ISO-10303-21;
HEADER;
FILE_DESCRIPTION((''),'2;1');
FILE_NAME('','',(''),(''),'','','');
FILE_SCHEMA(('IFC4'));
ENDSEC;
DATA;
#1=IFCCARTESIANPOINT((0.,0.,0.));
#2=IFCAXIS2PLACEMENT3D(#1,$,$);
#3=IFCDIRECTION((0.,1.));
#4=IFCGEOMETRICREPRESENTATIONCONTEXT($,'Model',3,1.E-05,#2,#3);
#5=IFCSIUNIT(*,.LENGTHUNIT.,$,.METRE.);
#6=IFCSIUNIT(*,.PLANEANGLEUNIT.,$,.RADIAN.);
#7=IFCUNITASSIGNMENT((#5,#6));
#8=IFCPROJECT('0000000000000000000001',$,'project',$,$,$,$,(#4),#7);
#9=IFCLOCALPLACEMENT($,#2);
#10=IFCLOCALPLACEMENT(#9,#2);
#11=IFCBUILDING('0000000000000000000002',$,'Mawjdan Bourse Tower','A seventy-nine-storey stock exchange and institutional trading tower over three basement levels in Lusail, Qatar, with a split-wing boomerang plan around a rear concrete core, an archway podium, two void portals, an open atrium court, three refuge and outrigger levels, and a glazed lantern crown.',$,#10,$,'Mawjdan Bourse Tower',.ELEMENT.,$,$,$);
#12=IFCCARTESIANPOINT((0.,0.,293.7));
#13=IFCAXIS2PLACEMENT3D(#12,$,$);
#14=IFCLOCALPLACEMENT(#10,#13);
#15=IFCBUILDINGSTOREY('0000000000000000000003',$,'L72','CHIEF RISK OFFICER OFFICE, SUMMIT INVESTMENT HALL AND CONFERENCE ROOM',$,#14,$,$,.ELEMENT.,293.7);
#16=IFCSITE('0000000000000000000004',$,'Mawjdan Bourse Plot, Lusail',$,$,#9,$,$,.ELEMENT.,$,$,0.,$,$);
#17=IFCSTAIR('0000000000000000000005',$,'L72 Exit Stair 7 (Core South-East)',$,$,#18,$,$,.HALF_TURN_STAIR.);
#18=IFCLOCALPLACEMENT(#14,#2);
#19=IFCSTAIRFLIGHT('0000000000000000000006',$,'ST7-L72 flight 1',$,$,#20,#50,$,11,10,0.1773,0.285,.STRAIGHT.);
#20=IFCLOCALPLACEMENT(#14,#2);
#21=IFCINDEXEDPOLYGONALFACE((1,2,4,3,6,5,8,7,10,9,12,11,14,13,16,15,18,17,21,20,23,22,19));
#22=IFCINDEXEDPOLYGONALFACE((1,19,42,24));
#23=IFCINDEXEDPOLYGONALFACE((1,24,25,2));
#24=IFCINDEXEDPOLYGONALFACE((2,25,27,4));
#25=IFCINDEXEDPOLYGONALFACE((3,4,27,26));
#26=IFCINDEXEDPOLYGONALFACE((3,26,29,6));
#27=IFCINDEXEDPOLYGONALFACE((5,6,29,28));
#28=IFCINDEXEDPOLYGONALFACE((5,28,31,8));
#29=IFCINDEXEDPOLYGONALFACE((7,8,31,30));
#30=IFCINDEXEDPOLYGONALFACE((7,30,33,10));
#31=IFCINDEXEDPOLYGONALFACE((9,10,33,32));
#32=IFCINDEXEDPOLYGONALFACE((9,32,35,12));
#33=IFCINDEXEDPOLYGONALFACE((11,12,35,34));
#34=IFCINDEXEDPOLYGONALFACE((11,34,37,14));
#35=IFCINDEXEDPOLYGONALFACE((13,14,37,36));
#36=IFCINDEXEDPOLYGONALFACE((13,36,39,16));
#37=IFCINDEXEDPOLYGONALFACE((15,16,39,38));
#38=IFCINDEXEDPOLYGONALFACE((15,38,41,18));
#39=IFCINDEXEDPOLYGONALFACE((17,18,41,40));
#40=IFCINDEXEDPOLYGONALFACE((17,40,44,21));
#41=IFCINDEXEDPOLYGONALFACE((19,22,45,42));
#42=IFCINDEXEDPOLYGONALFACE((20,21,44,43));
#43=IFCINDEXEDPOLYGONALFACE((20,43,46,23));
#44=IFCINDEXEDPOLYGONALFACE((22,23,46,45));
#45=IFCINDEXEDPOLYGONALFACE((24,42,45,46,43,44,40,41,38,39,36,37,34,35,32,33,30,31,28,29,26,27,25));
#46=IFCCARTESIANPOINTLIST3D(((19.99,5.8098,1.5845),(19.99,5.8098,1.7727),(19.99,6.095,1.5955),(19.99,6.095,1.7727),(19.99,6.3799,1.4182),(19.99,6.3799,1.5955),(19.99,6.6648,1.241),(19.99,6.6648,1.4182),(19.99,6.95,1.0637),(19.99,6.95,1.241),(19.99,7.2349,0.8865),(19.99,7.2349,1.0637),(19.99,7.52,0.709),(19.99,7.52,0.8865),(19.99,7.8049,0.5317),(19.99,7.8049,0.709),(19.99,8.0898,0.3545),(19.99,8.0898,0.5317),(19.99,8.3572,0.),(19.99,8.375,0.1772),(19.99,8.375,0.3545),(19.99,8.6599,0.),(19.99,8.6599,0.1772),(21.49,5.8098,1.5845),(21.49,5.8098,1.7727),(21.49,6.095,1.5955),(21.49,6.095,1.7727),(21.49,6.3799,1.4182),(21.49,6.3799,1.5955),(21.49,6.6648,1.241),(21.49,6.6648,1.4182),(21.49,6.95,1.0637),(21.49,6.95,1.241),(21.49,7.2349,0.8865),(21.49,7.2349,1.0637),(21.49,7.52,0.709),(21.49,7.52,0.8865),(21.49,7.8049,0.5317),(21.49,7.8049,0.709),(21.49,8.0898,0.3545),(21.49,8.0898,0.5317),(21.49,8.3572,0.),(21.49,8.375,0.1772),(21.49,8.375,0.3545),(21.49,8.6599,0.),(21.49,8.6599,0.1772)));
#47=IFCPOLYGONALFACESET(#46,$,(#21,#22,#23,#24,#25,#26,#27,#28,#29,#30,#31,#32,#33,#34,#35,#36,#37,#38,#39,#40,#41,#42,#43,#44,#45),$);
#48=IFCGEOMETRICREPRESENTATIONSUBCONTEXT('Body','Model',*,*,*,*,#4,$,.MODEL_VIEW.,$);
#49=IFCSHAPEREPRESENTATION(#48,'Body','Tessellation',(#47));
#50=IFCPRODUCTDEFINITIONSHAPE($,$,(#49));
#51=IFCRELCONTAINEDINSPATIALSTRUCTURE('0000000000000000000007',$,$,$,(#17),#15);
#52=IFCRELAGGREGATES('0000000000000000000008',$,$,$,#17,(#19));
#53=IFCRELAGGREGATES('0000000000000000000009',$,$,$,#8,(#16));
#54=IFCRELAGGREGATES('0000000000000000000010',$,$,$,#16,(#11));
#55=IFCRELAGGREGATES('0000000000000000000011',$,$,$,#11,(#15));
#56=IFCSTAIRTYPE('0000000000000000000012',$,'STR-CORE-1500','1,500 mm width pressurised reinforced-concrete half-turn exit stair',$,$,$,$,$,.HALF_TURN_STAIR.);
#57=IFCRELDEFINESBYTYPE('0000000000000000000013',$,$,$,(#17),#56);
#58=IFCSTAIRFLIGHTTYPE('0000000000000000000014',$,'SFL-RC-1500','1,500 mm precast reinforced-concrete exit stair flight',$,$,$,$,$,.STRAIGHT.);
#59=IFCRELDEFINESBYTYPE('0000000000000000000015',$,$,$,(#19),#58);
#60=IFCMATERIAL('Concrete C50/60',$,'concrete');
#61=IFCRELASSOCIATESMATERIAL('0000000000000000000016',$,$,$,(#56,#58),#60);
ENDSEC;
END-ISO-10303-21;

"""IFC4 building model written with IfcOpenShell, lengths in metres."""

from ifc_helpers import new_model, si_unit, direction, frame, origin, place, context, subcontext, project, spatial, polyline, outline, extrude, material, type_object, element, aggregate, save


model = new_model("IFC4")

# Units and contexts
model_context = context("Model", 3, precision=1e-05, world=origin(), true_north=direction((0.0, 1.0)))
body_context = subcontext(model_context, "Body", "Model", "MODEL_VIEW")
ifc_project = project(units=[si_unit("LENGTHUNIT", "METRE"), si_unit("PLANEANGLEUNIT", "RADIAN")], contexts=[model_context])

# Site, building, storey
site_placement = place(None, origin())
site = spatial("IfcSite", under=ifc_project, at=site_placement, Name="Mawjdan Bourse Plot, Lusail", CompositionType="ELEMENT", RefElevation=0.0)
building_placement = place(site_placement, origin())
building = spatial("IfcBuilding", under=site, at=building_placement, Name="Mawjdan Bourse Tower", Description="A seventy-nine-storey stock exchange and institutional trading tower over three basement levels in Lusail, Qatar, with a split-wing boomerang plan around a rear concrete core, an archway podium, two void portals, an open atrium court, three refuge and outrigger levels, and a glazed lantern crown.", LongName="Mawjdan Bourse Tower", CompositionType="ELEMENT")
storey_placement = place(building_placement, frame((0.0, 0.0, 293.7)))
storey = spatial("IfcBuildingStorey", under=building, at=storey_placement, Name="L72", Description="CHIEF RISK OFFICER OFFICE, SUMMIT INVESTMENT HALL AND CONFERENCE ROOM", CompositionType="ELEMENT", Elevation=293.7)

# Shared definitions
ifc_material_1 = material(Name="Concrete C50/60", Category="concrete")

# Stair, stair flight
stair_type = type_object("IfcStairType", Name="STR-CORE-1500", Description="1,500 mm width pressurised reinforced-concrete half-turn exit stair", PredefinedType="HALF_TURN_STAIR", material=ifc_material_1)
stair_placement = place(storey_placement, origin())
stair = element("IfcStair", 1, at=stair_placement, inside=storey, type_object=stair_type, Name="L72 Exit Stair 7 (Core South-East)", PredefinedType="HALF_TURN_STAIR")
stair_flight_type = type_object("IfcStairFlightType", Name="SFL-RC-1500", Description="1,500 mm precast reinforced-concrete exit stair flight", PredefinedType="STRAIGHT", material=ifc_material_1)
stair_flight_placement = place(storey_placement, frame((20.74, 8.6599, 0.0), z_axis=(0.0, 0.0, 1.0), x_axis=(0.0, -1.0, 0.0)))
stair_flight = element("IfcStairFlight", 2, at=stair_flight_placement, type_object=stair_flight_type, Name="ST7-L72 flight 1", NumberOfRisers=11, NumberOfTreads=10, PredefinedType="STRAIGHT", RiserHeight=0.1773, TreadLength=0.285, context=body_context, shape_type="SweptSolid", body=[
    extrude(outline(polyline([(0.0, 0.0), (0.0, 0.1772), (0.2849, 0.1772), (0.2849, 0.3545), (0.5701, 0.3545), (0.5701, 0.5317), (0.855, 0.5317), (0.855, 0.709), (1.1399, 0.709), (1.1399, 0.8865), (1.425, 0.8865), (1.425, 1.0637), (1.71, 1.0637), (1.71, 1.241), (1.9951, 1.241), (1.9951, 1.4182), (2.28, 1.4182), (2.28, 1.5955), (2.5649, 1.5955), (2.5649, 1.7727), (2.8501, 1.7727), (2.8501, 1.95), (2.8501, 1.5845), (0.3027, 0.0), (0.0, 0.0)])), frame((0.0, 0.75, 0.0), z_axis=(0.0, -1.0, 0.0), x_axis=(1.0, 0.0, 0.0)), (0.0, 0.0, 1.0), 1.5),
])
aggregate(stair, [stair_flight])

save(model, "model.ifc")
